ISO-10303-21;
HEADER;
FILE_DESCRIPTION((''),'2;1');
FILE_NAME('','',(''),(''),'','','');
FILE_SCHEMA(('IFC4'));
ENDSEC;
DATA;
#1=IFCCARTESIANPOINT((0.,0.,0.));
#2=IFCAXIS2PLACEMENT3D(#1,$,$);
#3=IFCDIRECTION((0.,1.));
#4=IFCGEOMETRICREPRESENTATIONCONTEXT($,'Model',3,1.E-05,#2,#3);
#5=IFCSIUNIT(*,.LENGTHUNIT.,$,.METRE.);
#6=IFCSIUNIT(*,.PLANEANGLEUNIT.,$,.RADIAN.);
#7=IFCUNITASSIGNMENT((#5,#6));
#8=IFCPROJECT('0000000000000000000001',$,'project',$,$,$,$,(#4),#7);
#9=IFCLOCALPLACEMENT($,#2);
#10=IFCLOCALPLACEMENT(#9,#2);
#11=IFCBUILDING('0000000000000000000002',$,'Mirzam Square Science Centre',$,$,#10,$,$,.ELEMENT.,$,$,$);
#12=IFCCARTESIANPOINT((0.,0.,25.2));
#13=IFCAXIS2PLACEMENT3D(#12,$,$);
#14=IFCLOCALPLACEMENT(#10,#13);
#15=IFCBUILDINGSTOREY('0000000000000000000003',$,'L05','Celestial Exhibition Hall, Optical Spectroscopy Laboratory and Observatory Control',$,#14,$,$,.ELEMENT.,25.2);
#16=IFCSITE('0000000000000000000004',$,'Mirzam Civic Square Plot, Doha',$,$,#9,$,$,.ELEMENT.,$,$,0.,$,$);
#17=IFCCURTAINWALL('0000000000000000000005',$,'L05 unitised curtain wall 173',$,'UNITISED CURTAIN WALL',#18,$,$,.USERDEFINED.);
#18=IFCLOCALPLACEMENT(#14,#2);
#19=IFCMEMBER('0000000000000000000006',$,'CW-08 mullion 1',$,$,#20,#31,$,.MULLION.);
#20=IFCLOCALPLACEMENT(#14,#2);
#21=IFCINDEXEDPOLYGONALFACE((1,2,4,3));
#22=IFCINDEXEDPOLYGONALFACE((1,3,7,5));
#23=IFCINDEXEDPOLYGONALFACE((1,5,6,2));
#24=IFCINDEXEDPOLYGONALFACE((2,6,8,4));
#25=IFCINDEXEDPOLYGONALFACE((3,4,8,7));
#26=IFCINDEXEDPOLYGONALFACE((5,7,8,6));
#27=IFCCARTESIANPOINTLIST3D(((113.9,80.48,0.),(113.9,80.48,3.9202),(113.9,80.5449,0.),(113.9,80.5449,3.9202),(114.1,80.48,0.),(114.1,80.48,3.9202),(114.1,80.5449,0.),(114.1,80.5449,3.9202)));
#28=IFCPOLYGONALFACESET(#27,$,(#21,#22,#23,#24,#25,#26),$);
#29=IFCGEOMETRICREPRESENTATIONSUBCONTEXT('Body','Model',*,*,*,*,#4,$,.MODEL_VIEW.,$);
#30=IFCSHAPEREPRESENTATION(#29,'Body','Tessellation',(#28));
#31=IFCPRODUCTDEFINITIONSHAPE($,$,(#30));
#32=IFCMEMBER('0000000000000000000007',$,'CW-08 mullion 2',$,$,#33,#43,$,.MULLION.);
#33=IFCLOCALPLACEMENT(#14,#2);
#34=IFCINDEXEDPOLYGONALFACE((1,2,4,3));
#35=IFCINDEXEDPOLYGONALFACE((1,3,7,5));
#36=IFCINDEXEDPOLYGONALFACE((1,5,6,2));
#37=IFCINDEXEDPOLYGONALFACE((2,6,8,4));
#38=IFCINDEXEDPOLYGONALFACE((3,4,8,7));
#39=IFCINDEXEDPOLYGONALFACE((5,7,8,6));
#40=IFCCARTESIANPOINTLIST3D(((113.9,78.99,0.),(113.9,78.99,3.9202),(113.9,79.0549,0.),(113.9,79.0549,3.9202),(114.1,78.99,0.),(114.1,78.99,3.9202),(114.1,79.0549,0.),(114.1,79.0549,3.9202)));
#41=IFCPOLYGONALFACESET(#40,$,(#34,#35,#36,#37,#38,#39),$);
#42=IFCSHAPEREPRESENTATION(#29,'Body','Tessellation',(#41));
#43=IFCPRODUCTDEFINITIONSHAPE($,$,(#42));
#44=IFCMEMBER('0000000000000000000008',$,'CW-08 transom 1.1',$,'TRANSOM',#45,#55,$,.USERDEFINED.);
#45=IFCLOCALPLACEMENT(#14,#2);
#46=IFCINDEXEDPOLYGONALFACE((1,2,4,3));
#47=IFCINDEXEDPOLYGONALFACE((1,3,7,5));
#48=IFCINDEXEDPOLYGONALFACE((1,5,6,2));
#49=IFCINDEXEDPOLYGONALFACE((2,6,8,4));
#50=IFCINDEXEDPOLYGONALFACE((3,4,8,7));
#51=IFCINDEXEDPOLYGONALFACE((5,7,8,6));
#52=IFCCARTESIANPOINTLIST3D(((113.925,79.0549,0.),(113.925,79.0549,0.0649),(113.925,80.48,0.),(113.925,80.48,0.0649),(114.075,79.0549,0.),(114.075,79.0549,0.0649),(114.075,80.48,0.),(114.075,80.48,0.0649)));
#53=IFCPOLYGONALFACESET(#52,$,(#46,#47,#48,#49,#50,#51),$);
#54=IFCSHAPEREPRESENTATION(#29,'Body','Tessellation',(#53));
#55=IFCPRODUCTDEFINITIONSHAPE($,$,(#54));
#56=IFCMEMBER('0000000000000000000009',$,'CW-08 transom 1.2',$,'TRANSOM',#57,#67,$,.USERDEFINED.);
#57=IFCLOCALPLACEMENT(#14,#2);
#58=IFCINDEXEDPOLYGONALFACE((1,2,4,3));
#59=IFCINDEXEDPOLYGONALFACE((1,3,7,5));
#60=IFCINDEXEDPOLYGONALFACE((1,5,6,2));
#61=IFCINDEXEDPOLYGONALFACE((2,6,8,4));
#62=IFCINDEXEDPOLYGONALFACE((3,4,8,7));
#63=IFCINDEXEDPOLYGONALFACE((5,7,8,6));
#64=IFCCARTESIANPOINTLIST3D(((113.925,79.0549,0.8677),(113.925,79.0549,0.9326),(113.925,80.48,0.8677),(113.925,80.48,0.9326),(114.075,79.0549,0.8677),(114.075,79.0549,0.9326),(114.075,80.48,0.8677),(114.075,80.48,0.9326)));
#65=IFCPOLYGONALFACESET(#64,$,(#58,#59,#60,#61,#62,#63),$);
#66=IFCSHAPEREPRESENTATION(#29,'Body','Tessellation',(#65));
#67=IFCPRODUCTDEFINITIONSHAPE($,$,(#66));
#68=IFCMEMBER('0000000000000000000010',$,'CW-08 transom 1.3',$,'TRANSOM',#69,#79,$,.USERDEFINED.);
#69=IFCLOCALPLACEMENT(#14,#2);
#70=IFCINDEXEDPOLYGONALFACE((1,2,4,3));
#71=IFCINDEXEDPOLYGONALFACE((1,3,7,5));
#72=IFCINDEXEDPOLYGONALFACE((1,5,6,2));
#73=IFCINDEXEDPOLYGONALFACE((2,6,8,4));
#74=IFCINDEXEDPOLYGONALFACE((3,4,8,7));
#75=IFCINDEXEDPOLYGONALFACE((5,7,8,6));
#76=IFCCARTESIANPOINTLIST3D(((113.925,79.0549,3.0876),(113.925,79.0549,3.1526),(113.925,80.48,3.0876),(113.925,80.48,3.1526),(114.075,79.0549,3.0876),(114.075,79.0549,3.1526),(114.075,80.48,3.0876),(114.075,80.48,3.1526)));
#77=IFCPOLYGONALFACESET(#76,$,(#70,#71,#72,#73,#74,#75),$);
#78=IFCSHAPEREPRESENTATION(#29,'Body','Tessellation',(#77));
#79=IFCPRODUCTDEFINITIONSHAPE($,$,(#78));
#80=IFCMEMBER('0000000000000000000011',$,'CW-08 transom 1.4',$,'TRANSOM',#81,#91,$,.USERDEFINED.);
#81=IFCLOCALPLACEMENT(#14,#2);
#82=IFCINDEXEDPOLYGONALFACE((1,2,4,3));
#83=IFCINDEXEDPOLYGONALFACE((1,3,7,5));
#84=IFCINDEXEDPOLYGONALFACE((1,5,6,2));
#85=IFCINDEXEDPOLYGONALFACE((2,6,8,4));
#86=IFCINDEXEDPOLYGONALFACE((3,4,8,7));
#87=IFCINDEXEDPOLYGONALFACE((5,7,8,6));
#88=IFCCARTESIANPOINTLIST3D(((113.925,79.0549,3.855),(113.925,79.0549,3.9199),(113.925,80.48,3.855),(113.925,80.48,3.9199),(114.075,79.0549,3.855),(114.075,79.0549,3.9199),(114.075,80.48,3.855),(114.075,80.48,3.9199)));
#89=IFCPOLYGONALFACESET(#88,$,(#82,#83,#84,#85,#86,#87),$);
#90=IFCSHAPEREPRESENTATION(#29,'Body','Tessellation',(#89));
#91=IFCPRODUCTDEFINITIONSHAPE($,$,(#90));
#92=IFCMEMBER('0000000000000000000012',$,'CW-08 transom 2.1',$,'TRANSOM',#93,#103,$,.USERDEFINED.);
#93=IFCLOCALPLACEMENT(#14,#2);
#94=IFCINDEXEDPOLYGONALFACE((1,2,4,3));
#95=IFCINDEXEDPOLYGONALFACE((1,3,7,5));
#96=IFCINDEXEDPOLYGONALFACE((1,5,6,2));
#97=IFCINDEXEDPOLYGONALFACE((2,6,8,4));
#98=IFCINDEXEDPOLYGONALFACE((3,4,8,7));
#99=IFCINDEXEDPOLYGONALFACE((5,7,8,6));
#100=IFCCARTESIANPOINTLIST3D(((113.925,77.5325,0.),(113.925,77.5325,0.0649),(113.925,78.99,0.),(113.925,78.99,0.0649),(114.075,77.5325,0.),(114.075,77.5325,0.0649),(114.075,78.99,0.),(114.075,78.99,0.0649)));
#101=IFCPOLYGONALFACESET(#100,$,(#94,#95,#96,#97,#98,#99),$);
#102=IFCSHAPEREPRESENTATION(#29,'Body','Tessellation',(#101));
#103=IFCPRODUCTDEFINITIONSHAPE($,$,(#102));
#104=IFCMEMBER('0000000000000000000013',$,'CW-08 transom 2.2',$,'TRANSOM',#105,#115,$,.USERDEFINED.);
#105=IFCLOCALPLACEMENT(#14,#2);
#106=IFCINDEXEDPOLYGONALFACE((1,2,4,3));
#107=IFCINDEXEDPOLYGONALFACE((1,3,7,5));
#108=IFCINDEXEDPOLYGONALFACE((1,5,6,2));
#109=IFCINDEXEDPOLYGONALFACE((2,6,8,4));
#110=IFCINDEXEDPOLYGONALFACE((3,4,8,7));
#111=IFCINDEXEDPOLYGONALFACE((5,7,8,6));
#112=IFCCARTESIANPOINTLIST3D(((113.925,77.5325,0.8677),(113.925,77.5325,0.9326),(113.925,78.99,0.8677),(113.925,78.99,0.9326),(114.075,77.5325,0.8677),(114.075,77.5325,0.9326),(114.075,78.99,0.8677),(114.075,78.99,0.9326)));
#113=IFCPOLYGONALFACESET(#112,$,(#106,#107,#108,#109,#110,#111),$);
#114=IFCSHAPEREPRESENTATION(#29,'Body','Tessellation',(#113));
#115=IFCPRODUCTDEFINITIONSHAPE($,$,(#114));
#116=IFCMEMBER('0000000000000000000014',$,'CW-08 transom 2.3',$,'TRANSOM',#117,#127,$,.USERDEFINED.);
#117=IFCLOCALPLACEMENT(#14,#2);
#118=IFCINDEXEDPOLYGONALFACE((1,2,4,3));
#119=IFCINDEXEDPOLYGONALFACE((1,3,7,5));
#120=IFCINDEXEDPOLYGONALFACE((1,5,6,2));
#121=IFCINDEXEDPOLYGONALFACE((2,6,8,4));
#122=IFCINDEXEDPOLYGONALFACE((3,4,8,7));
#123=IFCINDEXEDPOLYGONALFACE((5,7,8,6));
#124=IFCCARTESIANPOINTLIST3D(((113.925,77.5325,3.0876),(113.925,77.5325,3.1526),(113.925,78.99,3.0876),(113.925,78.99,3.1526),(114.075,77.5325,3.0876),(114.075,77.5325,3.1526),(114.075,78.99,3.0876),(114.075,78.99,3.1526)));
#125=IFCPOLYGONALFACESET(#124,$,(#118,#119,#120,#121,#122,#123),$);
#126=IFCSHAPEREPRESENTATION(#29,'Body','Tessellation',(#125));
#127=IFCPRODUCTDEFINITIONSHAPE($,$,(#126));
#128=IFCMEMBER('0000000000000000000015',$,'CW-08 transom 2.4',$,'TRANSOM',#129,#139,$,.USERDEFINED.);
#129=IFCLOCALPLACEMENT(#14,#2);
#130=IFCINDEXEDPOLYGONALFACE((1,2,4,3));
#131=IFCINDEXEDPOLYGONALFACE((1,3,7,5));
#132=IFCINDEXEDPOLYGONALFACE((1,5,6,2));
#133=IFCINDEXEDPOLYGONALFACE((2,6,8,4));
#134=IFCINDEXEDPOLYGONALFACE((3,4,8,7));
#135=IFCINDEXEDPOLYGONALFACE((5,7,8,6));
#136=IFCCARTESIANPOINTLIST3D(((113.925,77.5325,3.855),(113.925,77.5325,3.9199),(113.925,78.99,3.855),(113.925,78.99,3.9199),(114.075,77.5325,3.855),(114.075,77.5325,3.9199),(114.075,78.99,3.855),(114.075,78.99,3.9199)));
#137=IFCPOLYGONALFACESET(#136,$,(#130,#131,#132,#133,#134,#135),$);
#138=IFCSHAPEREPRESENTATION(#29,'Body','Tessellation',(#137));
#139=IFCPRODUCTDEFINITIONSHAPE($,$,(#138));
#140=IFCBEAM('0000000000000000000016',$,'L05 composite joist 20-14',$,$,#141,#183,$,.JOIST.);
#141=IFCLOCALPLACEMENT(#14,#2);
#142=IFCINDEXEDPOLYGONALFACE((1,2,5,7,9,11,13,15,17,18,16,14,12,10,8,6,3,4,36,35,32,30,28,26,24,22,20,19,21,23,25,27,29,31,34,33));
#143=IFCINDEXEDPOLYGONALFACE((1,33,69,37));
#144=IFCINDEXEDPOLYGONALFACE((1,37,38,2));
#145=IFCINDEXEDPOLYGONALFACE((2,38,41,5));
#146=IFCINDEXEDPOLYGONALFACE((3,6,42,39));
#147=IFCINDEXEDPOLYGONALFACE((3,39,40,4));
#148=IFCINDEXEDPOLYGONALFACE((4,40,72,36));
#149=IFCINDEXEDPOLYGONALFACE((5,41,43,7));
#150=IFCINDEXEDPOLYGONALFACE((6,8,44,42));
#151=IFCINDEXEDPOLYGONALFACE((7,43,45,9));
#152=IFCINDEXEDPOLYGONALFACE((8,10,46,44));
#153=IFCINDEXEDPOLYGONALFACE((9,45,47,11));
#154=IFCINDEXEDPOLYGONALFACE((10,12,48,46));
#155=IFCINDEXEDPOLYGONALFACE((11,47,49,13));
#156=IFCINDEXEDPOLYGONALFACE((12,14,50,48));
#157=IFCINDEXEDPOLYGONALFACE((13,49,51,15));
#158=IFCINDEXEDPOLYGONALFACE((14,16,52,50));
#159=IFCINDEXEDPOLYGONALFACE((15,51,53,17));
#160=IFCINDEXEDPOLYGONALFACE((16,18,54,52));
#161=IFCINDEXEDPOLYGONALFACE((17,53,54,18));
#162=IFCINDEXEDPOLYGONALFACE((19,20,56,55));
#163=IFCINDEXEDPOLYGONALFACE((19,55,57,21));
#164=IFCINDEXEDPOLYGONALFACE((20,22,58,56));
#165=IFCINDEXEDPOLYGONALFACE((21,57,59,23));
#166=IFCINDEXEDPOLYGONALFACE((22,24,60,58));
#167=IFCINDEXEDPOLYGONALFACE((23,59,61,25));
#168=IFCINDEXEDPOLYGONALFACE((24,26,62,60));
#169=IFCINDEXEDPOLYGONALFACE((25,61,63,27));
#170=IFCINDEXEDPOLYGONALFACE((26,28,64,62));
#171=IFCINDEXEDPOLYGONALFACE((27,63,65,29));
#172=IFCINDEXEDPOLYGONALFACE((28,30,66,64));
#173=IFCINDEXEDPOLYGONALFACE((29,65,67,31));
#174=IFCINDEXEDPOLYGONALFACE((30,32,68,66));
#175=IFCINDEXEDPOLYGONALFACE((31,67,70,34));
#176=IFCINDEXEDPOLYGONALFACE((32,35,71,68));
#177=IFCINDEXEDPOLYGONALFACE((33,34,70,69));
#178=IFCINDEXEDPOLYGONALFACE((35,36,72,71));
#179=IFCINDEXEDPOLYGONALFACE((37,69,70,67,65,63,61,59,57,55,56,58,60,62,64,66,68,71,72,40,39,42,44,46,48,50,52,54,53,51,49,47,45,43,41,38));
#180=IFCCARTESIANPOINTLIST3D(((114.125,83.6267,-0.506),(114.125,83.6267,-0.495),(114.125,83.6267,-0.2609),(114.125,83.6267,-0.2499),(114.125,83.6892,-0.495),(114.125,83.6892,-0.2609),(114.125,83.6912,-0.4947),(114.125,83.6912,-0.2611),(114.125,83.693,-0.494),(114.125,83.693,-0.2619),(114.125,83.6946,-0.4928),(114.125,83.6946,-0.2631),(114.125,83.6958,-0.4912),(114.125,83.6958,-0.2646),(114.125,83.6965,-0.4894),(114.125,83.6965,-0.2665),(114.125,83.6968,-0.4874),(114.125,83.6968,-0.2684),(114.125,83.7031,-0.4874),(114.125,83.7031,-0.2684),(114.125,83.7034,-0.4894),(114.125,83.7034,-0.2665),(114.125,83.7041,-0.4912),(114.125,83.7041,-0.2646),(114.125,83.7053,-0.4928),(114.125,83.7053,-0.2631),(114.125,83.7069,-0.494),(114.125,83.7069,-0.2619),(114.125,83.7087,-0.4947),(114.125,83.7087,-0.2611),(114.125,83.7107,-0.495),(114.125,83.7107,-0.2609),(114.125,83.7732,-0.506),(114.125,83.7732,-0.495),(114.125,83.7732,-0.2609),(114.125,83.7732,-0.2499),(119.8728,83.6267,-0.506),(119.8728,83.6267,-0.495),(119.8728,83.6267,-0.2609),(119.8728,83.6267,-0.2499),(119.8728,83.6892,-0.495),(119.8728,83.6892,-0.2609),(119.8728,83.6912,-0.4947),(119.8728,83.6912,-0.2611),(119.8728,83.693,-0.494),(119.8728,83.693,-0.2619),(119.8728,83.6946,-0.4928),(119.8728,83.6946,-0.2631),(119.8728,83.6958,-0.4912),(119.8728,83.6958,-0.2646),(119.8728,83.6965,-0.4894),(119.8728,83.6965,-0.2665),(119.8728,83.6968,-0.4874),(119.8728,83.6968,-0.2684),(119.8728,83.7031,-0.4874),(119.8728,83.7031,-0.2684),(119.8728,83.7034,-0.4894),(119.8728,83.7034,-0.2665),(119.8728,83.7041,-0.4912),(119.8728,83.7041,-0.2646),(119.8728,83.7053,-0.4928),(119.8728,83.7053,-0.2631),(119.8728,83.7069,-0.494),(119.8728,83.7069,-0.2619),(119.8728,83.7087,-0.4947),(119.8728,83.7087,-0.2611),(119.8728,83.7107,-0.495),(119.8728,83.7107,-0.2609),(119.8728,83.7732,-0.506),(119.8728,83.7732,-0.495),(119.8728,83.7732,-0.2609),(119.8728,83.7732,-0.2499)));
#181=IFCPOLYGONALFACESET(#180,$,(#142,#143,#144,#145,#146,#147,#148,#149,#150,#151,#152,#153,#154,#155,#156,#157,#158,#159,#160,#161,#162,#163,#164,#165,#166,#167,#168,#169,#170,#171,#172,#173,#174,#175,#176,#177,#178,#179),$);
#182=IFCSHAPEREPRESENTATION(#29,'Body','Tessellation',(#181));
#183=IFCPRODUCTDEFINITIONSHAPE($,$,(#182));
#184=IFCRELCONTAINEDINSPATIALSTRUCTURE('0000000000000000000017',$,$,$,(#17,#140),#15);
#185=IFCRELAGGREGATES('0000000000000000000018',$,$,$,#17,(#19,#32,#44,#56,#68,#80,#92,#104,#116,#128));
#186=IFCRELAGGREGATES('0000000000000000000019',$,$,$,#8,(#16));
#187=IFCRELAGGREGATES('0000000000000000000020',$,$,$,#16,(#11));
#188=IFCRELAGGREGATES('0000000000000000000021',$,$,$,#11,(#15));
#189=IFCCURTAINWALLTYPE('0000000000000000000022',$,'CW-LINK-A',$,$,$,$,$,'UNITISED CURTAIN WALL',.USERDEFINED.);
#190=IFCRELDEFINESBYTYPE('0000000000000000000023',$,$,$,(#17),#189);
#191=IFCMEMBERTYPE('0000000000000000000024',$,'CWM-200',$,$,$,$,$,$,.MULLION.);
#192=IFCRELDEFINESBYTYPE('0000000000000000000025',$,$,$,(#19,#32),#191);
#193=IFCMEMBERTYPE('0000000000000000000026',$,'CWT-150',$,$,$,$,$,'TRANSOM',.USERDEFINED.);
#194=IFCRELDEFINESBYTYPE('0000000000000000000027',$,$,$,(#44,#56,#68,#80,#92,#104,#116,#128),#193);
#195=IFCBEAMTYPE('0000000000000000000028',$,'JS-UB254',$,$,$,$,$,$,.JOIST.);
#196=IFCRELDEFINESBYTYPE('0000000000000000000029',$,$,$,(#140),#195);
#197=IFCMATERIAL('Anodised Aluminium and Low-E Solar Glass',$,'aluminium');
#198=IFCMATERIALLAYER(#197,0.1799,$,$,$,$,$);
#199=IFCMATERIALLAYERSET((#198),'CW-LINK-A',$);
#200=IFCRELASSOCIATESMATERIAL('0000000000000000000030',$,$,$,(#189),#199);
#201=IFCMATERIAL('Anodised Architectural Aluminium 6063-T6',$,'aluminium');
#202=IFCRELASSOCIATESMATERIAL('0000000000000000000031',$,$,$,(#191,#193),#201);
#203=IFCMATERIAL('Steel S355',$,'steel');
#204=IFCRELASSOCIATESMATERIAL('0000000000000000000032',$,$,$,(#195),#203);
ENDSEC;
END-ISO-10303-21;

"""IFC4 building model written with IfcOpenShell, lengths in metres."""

from ifc_helpers import new_model, si_unit, direction, frame, origin, origin_2d, place, context, subcontext, project, spatial, rectangle, i_section, extrude, material, layer, layer_set, material_profile, profile_set, type_object, element, aggregate, save


model = new_model("IFC4")

# Units and contexts
model_context = context("Model", 3, precision=1e-05, world=origin(), true_north=direction((0.0, 1.0)))
body_context = subcontext(model_context, "Body", "Model", "MODEL_VIEW")
ifc_project = project(units=[si_unit("LENGTHUNIT", "METRE"), si_unit("PLANEANGLEUNIT", "RADIAN")], contexts=[model_context])

# Site, building, storey
site_placement = place(None, origin())
site = spatial("IfcSite", under=ifc_project, at=site_placement, Name="Mirzam Civic Square Plot, Doha", CompositionType="ELEMENT", RefElevation=0.0)
building_placement = place(site_placement, origin())
building = spatial("IfcBuilding", under=site, at=building_placement, Name="Mirzam Square Science Centre", CompositionType="ELEMENT")
storey_placement = place(building_placement, frame((0.0, 0.0, 25.2)))
storey = spatial("IfcBuildingStorey", under=building, at=storey_placement, Name="L05", Description="Celestial Exhibition Hall, Optical Spectroscopy Laboratory and Observatory Control", CompositionType="ELEMENT", Elevation=25.2)

# Curtain wall, members
ifc_material_1 = material(Name="Anodised Aluminium and Low-E Solar Glass", Category="aluminium")
ifc_layer_1 = layer(ifc_material_1, 0.1799)
ifc_layer_set_1 = layer_set([ifc_layer_1], Name="CW-LINK-A")
curtain_wall_type = type_object("IfcCurtainWallType", Name="CW-LINK-A", ElementType="UNITISED CURTAIN WALL", PredefinedType="USERDEFINED", material=ifc_layer_set_1)
curtain_wall_placement = place(storey_placement, origin())
curtain_wall = element("IfcCurtainWall", 1, at=curtain_wall_placement, inside=storey, type_object=curtain_wall_type, Name="L05 unitised curtain wall 173", ObjectType="UNITISED CURTAIN WALL", PredefinedType="USERDEFINED")
ifc_material_2 = material(Name="Anodised Architectural Aluminium 6063-T6", Category="aluminium")
ifc_material_profile_1 = material_profile(ifc_material_2, rectangle(XDim=0.0649, YDim=0.2, at=origin_2d()), Name="ALU-MULL-200x65x5")
ifc_profile_set_1 = profile_set([ifc_material_profile_1], Name="Anodised Architectural Aluminium 6063-T6")
member_type_1 = type_object("IfcMemberType", Name="CWM-200", PredefinedType="MULLION", material=ifc_profile_set_1)
member_1_placement = place(storey_placement, frame((114.0, 80.5125, 0.0), z_axis=(0.0, 0.0, 1.0), x_axis=(0.0, -1.0, 0.0)))
member_1 = element("IfcMember", 2, at=member_1_placement, type_object=member_type_1, Name="CW-08 mullion 1", PredefinedType="MULLION", context=body_context, shape_type="SweptSolid", body=[
    extrude(rectangle(XDim=0.0649, YDim=0.2, at=origin_2d()), origin(), (0.0, 0.0, 1.0), 3.9202),
])
member_2_placement = place(storey_placement, frame((114.0, 79.0225, 0.0), z_axis=(0.0, 0.0, 1.0), x_axis=(0.0, -1.0, 0.0)))
member_2 = element("IfcMember", 3, at=member_2_placement, type_object=member_type_1, Name="CW-08 mullion 2", PredefinedType="MULLION", context=body_context, shape_type="SweptSolid", body=[
    extrude(rectangle(XDim=0.0649, YDim=0.2, at=origin_2d()), origin(), (0.0, 0.0, 1.0), 3.9202),
])
ifc_material_profile_2 = material_profile(ifc_material_2, rectangle(XDim=0.1499, YDim=0.0649, at=origin_2d()), Name="ALU-TRAN-150x65x4")
ifc_profile_set_2 = profile_set([ifc_material_profile_2], Name="Anodised Architectural Aluminium 6063-T6")
member_type_2 = type_object("IfcMemberType", Name="CWT-150", ElementType="TRANSOM", PredefinedType="USERDEFINED", material=ifc_profile_set_2)
member_3_placement = place(storey_placement, frame((114.0, 80.48, 0.0325), z_axis=(0.0, -1.0, 0.0), x_axis=(1.0, 0.0, 0.0)))
member_3 = element("IfcMember", 4, at=member_3_placement, type_object=member_type_2, Name="CW-08 transom 1.1", ObjectType="TRANSOM", PredefinedType="USERDEFINED", context=body_context, shape_type="SweptSolid", body=[
    extrude(rectangle(XDim=0.1499, YDim=0.0649, at=origin_2d()), origin(), (0.0, 0.0, 1.0), 1.425),
])
member_4_placement = place(storey_placement, frame((114.0, 80.48, 0.9001), z_axis=(0.0, -1.0, 0.0), x_axis=(1.0, 0.0, 0.0)))
member_4 = element("IfcMember", 5, at=member_4_placement, type_object=member_type_2, Name="CW-08 transom 1.2", ObjectType="TRANSOM", PredefinedType="USERDEFINED", context=body_context, shape_type="SweptSolid", body=[
    extrude(rectangle(XDim=0.1499, YDim=0.0649, at=origin_2d()), origin(), (0.0, 0.0, 1.0), 1.425),
])
member_5_placement = place(storey_placement, frame((114.0, 80.48, 3.1201), z_axis=(0.0, -1.0, 0.0), x_axis=(1.0, 0.0, 0.0)))
member_5 = element("IfcMember", 6, at=member_5_placement, type_object=member_type_2, Name="CW-08 transom 1.3", ObjectType="TRANSOM", PredefinedType="USERDEFINED", context=body_context, shape_type="SweptSolid", body=[
    extrude(rectangle(XDim=0.1499, YDim=0.0649, at=origin_2d()), origin(), (0.0, 0.0, 1.0), 1.425),
])
member_6_placement = place(storey_placement, frame((114.0, 80.48, 3.8875), z_axis=(0.0, -1.0, 0.0), x_axis=(1.0, 0.0, 0.0)))
member_6 = element("IfcMember", 7, at=member_6_placement, type_object=member_type_2, Name="CW-08 transom 1.4", ObjectType="TRANSOM", PredefinedType="USERDEFINED", context=body_context, shape_type="SweptSolid", body=[
    extrude(rectangle(XDim=0.1499, YDim=0.0649, at=origin_2d()), origin(), (0.0, 0.0, 1.0), 1.425),
])
member_7_placement = place(storey_placement, frame((114.0, 78.99, 0.0325), z_axis=(0.0, -1.0, 0.0), x_axis=(1.0, 0.0, 0.0)))
member_7 = element("IfcMember", 8, at=member_7_placement, type_object=member_type_2, Name="CW-08 transom 2.1", ObjectType="TRANSOM", PredefinedType="USERDEFINED", context=body_context, shape_type="SweptSolid", body=[
    extrude(rectangle(XDim=0.1499, YDim=0.0649, at=origin_2d()), origin(), (0.0, 0.0, 1.0), 1.4575),
])
member_8_placement = place(storey_placement, frame((114.0, 78.99, 0.9001), z_axis=(0.0, -1.0, 0.0), x_axis=(1.0, 0.0, 0.0)))
member_8 = element("IfcMember", 9, at=member_8_placement, type_object=member_type_2, Name="CW-08 transom 2.2", ObjectType="TRANSOM", PredefinedType="USERDEFINED", context=body_context, shape_type="SweptSolid", body=[
    extrude(rectangle(XDim=0.1499, YDim=0.0649, at=origin_2d()), origin(), (0.0, 0.0, 1.0), 1.4575),
])
member_9_placement = place(storey_placement, frame((114.0, 78.99, 3.1201), z_axis=(0.0, -1.0, 0.0), x_axis=(1.0, 0.0, 0.0)))
member_9 = element("IfcMember", 10, at=member_9_placement, type_object=member_type_2, Name="CW-08 transom 2.3", ObjectType="TRANSOM", PredefinedType="USERDEFINED", context=body_context, shape_type="SweptSolid", body=[
    extrude(rectangle(XDim=0.1499, YDim=0.0649, at=origin_2d()), origin(), (0.0, 0.0, 1.0), 1.4575),
])
member_10_placement = place(storey_placement, frame((114.0, 78.99, 3.8875), z_axis=(0.0, -1.0, 0.0), x_axis=(1.0, 0.0, 0.0)))
member_10 = element("IfcMember", 11, at=member_10_placement, type_object=member_type_2, Name="CW-08 transom 2.4", ObjectType="TRANSOM", PredefinedType="USERDEFINED", context=body_context, shape_type="SweptSolid", body=[
    extrude(rectangle(XDim=0.1499, YDim=0.0649, at=origin_2d()), origin(), (0.0, 0.0, 1.0), 1.4575),
])

# Beam
ifc_material_3 = material(Name="Steel S355", Category="steel")
ifc_material_profile_3 = material_profile(ifc_material_3, i_section(OverallWidth=0.1465, OverallDepth=0.2561, WebThickness=0.0063, FlangeThickness=0.011, FilletRadius=0.0076, at=origin_2d()), Name="254x146x37UB")
ifc_profile_set_3 = profile_set([ifc_material_profile_3], Name="Steel S355")
beam_type = type_object("IfcBeamType", Name="JS-UB254", PredefinedType="JOIST", material=ifc_profile_set_3)
beam_placement = place(storey_placement, frame((114.125, 83.7, -0.3779), z_axis=(1.0, 0.0, 0.0), x_axis=(0.0, 1.0, 0.0)))
element("IfcBeam", 12, at=beam_placement, inside=storey, type_object=beam_type, Name="L05 composite joist 20-14", PredefinedType="JOIST", context=body_context, shape_type="SweptSolid", body=[
    extrude(i_section(OverallWidth=0.1465, OverallDepth=0.2561, WebThickness=0.0063, FlangeThickness=0.011, FilletRadius=0.0076, at=origin_2d()), origin(), (0.0, 0.0, 1.0), 5.7478),
])

aggregate(curtain_wall, [member_1, member_2, member_3, member_4, member_5, member_6, member_7, member_8, member_9, member_10])

save(model, "model.ifc")
